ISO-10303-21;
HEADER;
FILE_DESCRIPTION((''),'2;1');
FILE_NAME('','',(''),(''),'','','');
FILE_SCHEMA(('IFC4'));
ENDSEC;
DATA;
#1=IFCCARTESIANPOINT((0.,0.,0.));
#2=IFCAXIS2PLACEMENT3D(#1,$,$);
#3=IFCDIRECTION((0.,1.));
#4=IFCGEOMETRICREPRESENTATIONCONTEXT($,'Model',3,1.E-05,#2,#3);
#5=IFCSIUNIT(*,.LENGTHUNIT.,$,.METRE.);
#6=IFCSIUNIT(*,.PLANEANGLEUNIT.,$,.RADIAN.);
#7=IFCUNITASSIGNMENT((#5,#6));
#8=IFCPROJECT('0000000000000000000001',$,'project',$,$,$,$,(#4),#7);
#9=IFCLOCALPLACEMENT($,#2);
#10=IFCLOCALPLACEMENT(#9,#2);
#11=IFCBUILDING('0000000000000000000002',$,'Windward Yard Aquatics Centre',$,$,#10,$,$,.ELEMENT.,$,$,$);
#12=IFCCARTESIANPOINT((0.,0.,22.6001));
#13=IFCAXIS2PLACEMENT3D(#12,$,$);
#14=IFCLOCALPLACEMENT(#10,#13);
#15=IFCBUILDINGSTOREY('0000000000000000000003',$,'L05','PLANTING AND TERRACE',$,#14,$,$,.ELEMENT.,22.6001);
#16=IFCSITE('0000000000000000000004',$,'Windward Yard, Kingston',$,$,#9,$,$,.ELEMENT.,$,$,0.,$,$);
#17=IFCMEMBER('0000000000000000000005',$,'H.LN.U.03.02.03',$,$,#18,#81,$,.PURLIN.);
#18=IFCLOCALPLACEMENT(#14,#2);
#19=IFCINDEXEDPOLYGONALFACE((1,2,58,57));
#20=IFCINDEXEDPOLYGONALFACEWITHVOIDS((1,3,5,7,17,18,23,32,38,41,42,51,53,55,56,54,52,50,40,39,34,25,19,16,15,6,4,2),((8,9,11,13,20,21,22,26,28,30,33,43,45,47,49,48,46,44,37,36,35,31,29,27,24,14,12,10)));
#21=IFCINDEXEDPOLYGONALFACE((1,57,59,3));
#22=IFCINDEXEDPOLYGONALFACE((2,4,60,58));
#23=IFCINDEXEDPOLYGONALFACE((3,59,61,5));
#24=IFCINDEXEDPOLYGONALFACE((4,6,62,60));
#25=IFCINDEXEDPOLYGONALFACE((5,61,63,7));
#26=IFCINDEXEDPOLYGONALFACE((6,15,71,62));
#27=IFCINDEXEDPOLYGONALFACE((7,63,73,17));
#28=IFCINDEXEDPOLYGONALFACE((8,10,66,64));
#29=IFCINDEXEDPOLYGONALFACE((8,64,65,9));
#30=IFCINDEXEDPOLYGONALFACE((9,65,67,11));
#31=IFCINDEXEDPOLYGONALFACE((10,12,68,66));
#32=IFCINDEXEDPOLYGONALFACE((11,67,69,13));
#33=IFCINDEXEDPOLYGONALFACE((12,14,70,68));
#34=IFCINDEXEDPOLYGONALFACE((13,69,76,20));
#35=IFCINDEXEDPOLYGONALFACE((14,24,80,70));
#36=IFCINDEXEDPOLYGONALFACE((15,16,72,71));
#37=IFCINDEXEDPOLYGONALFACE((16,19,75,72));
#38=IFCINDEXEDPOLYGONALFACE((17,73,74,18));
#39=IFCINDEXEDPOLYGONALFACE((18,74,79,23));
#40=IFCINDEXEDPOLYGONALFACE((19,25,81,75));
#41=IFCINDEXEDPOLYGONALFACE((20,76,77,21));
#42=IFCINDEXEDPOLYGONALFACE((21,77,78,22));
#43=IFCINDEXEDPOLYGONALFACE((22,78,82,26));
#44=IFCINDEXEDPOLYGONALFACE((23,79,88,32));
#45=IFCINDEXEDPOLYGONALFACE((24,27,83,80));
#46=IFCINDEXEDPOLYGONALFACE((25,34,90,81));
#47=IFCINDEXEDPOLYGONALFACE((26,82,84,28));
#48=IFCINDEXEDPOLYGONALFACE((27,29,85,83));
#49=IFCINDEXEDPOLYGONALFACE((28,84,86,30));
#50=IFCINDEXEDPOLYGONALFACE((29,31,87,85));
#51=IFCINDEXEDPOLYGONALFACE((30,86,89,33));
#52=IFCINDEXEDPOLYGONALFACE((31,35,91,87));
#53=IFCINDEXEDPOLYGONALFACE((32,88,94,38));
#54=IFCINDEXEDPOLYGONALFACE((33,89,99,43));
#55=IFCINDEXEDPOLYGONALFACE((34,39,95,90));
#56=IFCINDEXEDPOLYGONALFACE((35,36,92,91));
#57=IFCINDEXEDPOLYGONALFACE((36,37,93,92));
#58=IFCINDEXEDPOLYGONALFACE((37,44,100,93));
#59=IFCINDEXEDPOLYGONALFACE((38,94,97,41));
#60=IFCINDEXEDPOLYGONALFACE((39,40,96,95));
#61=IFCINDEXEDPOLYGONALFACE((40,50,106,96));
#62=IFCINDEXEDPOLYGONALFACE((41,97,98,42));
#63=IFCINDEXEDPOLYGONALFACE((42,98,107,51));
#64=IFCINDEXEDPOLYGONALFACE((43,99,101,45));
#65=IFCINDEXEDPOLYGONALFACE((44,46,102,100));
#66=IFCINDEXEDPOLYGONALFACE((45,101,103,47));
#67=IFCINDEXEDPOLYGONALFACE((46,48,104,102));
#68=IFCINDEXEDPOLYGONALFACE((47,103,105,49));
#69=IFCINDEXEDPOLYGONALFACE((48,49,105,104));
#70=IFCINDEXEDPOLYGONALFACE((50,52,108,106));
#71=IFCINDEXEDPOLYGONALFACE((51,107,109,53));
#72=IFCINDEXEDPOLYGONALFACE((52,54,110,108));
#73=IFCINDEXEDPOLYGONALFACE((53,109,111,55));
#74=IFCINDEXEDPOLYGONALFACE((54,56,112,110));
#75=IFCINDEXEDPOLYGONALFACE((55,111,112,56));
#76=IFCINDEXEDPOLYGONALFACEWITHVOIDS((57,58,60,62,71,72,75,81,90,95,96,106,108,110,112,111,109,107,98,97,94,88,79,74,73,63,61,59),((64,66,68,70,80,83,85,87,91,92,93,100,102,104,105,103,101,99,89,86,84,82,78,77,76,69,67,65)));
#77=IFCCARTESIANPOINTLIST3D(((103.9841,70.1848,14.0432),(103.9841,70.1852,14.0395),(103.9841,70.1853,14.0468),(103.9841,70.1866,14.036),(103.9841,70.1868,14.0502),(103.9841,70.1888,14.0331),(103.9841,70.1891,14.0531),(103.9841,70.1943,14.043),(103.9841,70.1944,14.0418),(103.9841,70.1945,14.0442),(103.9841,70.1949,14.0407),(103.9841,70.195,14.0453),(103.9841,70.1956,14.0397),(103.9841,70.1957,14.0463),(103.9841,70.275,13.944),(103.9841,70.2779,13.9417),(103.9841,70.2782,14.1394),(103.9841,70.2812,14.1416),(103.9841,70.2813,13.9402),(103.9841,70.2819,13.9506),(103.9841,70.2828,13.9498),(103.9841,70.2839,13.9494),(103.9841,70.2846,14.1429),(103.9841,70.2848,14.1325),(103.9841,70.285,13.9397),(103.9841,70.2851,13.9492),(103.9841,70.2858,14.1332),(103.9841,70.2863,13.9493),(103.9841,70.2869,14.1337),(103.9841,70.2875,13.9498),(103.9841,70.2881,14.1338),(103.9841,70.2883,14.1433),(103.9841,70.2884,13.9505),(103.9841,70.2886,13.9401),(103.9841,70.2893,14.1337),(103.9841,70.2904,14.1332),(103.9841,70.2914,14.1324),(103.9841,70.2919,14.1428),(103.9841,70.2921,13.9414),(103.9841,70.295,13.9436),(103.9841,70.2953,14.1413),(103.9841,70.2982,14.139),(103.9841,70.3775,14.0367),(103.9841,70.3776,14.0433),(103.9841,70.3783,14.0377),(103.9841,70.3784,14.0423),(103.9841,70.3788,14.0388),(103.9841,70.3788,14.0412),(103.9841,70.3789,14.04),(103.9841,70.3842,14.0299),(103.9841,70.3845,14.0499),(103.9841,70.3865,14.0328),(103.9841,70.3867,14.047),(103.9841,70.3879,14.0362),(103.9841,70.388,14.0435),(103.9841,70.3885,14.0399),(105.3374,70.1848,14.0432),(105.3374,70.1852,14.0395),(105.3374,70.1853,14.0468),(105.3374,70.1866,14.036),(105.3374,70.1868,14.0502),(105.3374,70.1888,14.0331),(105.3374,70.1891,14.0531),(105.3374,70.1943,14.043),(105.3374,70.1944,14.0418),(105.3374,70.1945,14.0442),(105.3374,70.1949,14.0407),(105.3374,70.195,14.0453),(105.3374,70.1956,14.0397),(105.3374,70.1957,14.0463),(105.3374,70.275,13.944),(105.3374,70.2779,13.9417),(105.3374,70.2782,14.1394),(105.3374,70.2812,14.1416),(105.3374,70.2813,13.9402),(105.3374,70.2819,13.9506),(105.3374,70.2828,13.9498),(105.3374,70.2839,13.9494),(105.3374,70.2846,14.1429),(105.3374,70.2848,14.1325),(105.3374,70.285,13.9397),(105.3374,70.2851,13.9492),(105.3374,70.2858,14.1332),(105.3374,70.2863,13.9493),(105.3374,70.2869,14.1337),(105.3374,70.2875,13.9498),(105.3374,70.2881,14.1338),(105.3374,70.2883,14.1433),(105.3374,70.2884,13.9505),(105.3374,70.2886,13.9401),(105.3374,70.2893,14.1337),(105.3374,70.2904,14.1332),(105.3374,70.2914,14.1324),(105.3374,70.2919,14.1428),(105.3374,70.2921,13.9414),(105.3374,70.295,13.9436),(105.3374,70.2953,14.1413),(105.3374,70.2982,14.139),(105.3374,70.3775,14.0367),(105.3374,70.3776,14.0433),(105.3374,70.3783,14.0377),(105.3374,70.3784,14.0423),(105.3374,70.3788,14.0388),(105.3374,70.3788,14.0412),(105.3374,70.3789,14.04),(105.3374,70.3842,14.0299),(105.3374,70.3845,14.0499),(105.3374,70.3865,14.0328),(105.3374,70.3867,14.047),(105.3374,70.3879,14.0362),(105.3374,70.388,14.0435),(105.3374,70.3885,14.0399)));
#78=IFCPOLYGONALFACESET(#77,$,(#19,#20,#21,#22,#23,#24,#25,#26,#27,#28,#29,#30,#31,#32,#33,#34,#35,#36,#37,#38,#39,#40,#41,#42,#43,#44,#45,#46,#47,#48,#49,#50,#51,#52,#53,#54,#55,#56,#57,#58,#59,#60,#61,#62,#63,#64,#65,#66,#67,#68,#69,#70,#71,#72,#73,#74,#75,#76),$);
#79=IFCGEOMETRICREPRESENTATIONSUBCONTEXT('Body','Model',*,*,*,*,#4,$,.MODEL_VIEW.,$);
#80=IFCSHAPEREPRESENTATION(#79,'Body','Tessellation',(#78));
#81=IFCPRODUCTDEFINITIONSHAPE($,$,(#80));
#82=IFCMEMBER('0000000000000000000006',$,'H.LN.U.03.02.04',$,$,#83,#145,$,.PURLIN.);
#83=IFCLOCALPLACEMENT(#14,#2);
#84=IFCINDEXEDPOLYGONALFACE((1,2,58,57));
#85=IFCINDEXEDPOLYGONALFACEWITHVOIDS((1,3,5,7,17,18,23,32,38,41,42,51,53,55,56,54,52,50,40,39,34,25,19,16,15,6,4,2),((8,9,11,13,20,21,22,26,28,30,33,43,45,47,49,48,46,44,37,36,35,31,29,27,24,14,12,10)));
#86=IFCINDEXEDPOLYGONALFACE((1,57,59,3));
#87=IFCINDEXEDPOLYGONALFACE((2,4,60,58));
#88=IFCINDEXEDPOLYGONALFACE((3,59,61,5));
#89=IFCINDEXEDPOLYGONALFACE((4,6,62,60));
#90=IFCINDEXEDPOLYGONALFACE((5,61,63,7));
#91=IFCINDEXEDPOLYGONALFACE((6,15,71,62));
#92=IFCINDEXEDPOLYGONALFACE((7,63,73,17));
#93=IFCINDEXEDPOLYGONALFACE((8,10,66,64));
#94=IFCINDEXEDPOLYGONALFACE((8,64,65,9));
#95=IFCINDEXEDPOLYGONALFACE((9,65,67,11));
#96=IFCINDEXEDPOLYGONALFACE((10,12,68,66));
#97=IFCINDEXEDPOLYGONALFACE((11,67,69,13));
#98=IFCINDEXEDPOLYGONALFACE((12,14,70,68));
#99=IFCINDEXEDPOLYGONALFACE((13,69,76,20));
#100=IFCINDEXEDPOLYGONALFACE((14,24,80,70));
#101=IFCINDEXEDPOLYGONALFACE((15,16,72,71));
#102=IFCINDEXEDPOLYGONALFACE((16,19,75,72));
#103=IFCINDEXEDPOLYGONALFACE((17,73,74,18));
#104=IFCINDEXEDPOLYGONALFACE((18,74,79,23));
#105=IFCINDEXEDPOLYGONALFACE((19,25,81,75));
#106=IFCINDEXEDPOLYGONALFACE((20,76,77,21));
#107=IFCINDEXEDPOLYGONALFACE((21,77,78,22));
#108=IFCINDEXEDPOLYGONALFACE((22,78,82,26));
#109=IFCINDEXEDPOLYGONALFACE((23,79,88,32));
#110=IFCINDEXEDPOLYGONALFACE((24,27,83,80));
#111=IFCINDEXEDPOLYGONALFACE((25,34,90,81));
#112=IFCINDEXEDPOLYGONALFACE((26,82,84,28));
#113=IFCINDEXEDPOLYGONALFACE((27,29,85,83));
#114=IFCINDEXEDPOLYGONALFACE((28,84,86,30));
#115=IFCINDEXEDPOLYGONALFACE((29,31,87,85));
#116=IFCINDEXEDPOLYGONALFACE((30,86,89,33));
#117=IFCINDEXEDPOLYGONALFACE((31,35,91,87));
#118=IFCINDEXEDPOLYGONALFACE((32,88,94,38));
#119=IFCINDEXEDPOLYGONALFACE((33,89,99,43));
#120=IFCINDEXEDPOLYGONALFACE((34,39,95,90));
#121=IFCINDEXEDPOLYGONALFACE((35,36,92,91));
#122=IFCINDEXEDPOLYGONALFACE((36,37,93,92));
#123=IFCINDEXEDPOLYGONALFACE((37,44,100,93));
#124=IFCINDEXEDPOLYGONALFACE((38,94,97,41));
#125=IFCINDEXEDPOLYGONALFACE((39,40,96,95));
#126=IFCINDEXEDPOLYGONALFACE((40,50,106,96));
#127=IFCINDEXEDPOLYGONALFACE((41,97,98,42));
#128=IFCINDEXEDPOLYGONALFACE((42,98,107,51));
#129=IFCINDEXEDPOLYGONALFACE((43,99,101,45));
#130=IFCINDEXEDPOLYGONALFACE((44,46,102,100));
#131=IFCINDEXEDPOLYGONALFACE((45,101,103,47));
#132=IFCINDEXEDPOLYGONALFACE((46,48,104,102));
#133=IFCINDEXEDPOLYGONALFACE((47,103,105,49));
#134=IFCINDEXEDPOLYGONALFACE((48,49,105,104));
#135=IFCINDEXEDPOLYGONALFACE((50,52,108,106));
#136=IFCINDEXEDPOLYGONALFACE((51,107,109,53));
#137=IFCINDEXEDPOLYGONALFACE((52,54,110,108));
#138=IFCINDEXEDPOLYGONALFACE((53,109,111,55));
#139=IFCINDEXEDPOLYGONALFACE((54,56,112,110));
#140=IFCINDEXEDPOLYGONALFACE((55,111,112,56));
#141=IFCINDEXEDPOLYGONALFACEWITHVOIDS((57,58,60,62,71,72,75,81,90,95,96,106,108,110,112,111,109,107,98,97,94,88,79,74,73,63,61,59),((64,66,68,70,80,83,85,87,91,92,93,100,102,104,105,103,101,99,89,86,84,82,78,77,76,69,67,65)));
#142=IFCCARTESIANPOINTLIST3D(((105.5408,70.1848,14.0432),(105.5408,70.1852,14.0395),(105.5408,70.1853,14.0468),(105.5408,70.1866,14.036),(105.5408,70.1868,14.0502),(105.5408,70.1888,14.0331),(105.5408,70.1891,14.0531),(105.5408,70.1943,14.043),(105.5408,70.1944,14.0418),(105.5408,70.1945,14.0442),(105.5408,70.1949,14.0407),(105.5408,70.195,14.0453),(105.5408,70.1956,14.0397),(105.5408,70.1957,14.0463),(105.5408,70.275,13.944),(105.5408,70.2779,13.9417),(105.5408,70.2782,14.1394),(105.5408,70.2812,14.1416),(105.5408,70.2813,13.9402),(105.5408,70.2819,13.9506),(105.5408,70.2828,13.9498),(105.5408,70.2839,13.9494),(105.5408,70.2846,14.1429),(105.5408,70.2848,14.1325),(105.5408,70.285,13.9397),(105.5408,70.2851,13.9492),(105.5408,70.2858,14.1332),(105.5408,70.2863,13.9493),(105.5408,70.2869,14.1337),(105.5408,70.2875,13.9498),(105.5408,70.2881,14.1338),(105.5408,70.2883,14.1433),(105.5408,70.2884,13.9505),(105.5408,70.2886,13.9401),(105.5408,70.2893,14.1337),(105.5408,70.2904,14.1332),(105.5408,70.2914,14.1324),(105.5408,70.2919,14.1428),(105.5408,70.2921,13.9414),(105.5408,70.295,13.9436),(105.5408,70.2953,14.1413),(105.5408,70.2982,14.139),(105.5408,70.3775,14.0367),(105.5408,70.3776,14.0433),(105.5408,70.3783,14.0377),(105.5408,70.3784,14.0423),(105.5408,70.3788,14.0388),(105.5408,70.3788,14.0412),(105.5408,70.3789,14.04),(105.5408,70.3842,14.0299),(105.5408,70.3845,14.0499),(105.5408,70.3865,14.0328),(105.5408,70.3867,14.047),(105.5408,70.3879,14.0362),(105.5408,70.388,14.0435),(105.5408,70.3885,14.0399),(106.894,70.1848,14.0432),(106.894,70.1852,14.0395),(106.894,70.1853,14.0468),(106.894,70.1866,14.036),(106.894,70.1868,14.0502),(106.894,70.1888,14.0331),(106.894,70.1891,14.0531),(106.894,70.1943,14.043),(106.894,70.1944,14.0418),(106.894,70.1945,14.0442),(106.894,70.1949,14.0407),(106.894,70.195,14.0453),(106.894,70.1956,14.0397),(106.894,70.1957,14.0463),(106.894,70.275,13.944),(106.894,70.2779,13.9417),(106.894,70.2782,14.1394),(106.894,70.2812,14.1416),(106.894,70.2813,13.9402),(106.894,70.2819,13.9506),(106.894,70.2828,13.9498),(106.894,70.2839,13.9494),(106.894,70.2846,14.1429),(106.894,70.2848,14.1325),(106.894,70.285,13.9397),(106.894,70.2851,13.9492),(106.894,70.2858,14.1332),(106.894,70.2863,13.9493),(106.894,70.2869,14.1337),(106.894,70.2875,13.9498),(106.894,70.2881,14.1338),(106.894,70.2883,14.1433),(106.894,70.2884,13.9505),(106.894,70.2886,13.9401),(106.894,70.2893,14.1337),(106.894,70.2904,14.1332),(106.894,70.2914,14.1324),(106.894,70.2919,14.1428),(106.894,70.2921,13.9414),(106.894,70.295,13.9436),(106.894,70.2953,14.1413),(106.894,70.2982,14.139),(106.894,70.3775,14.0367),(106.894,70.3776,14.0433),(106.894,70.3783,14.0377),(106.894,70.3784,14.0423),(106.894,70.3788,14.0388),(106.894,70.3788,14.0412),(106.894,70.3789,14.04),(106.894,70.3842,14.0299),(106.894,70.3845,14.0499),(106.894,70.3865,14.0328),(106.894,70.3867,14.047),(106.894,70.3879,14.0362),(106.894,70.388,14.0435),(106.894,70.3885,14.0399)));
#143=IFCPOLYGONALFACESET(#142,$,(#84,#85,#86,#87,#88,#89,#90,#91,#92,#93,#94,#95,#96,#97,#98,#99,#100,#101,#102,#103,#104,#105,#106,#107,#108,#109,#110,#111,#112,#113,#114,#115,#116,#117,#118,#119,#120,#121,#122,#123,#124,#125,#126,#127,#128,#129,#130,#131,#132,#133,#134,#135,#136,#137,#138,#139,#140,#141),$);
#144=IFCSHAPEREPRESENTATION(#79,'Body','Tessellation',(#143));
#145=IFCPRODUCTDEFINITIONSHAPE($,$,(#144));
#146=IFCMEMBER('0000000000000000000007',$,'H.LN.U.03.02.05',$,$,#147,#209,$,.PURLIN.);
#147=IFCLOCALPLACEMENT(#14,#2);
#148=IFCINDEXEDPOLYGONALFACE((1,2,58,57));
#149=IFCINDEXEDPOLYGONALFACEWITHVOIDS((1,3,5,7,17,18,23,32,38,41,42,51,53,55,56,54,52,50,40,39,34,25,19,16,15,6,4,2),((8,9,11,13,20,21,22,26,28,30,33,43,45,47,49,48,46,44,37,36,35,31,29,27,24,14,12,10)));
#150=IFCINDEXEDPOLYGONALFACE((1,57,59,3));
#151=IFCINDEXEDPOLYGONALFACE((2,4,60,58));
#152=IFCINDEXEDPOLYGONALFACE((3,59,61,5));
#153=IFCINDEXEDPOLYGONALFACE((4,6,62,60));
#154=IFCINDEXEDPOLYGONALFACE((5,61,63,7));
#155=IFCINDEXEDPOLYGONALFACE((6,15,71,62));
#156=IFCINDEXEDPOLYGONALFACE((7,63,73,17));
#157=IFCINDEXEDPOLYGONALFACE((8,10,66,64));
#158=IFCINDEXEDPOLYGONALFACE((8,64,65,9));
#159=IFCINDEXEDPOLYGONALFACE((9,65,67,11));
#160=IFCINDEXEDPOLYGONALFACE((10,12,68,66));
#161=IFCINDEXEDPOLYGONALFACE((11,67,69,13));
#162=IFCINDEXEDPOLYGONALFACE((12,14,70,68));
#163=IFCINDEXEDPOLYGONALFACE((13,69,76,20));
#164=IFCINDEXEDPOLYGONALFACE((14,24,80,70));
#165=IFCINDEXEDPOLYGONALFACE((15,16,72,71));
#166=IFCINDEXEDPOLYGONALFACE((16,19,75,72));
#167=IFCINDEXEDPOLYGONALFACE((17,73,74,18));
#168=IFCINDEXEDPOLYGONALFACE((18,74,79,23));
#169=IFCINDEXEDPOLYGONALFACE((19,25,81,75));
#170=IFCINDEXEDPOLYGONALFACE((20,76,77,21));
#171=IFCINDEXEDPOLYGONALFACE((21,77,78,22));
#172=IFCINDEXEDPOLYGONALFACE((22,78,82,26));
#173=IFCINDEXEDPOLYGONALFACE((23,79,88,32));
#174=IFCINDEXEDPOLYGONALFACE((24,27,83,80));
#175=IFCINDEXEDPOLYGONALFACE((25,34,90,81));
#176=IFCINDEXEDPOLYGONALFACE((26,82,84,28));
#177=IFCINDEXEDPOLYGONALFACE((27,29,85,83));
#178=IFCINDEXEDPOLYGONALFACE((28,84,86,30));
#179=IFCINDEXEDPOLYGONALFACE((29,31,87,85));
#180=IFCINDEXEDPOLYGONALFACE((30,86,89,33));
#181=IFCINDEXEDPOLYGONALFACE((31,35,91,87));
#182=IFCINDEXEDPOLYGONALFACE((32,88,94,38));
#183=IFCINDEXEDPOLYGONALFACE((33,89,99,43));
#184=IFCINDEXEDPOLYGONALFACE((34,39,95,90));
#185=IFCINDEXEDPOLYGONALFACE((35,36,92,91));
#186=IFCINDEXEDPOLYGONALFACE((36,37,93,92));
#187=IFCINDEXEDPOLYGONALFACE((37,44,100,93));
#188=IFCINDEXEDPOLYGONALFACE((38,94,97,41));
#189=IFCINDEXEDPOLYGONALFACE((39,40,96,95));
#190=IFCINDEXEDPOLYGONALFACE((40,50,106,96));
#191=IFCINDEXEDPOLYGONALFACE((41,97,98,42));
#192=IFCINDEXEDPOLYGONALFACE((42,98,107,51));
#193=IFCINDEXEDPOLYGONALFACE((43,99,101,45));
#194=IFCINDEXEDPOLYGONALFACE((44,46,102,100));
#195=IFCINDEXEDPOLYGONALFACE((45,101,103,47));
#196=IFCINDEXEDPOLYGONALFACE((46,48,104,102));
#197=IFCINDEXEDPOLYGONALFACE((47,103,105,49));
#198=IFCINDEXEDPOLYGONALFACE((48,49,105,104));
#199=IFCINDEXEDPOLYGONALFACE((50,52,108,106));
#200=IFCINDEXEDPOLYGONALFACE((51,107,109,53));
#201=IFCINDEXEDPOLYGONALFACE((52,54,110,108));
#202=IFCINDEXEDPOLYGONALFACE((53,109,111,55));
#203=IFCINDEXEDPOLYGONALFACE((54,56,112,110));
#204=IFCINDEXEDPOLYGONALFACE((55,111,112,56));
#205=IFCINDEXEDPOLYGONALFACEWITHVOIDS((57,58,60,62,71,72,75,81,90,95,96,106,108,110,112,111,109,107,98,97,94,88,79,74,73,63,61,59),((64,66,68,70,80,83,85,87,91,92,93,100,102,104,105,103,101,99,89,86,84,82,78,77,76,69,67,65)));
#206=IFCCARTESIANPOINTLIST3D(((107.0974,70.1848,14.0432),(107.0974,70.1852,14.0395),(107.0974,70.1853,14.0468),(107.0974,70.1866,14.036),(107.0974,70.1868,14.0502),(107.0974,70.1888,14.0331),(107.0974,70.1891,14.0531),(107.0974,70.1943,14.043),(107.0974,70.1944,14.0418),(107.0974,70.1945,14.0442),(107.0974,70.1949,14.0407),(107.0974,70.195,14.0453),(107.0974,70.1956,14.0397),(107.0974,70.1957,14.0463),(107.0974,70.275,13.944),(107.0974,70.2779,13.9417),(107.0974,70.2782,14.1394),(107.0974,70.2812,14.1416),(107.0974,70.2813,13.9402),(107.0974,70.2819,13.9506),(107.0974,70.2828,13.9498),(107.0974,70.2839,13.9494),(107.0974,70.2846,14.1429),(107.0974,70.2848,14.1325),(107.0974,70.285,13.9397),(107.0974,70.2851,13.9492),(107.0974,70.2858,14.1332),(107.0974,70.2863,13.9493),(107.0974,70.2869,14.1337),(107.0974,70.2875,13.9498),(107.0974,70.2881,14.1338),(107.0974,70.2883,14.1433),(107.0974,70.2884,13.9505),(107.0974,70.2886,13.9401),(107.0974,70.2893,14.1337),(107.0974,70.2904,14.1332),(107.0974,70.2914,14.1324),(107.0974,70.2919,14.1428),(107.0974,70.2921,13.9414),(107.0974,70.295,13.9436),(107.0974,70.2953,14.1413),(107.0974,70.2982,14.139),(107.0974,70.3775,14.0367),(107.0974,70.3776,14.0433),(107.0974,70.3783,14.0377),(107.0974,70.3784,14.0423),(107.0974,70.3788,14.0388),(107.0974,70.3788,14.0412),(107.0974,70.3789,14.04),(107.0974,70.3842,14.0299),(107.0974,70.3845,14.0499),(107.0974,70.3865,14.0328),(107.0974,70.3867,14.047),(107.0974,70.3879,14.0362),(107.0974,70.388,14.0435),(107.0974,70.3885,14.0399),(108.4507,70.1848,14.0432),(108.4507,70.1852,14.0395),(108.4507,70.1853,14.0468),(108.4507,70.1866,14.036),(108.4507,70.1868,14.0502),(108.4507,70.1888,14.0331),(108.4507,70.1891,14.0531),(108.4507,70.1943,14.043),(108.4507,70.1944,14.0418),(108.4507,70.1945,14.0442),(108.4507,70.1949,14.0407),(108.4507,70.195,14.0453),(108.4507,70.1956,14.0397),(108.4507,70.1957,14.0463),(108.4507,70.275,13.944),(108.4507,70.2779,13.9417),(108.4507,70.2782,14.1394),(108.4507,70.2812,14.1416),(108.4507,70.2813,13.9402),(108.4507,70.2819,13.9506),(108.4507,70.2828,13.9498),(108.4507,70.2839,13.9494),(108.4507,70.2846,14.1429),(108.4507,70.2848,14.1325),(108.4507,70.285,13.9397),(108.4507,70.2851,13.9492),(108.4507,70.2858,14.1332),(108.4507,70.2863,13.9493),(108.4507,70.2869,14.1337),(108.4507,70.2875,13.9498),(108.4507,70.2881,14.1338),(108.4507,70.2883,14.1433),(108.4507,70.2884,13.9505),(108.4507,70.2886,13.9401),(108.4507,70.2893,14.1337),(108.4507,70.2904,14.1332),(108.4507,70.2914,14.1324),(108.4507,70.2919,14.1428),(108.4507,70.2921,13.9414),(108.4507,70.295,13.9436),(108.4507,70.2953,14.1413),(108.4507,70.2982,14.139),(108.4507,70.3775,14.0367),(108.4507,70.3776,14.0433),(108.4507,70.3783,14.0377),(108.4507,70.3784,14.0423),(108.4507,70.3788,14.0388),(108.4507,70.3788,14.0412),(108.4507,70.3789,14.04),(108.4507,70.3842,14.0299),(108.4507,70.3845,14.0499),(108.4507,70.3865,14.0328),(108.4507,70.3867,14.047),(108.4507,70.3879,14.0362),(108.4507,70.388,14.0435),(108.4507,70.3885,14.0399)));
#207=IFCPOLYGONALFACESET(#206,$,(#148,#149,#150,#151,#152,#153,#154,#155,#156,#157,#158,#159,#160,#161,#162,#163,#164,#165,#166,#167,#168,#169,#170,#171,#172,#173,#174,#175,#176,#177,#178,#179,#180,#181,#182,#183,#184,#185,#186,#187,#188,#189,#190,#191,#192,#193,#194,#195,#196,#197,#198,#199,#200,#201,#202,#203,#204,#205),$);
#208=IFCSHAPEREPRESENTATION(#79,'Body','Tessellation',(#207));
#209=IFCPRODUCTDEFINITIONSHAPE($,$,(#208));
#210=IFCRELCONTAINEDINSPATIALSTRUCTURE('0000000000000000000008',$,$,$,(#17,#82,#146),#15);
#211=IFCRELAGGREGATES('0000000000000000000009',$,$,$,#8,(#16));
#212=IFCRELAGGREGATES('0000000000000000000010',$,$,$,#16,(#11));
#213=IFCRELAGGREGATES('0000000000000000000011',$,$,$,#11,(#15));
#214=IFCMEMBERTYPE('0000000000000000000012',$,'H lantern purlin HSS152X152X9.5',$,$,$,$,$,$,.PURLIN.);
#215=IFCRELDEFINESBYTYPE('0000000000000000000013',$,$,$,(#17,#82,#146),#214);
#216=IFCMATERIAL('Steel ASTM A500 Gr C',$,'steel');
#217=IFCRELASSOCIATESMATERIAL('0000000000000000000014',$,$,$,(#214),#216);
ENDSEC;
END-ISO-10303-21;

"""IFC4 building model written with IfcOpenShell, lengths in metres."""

from ifc_helpers import new_model, si_unit, direction, frame, origin, origin_2d, place, context, subcontext, project, spatial, hollow_rectangle, extrude, material, material_profile, profile_set, type_object, element, save


model = new_model("IFC4")

# Units and contexts
model_context = context("Model", 3, precision=1e-05, world=origin(), true_north=direction((0.0, 1.0)))
body_context = subcontext(model_context, "Body", "Model", "MODEL_VIEW")
ifc_project = project(units=[si_unit("LENGTHUNIT", "METRE"), si_unit("PLANEANGLEUNIT", "RADIAN")], contexts=[model_context])

# Site, building, storey
site_placement = place(None, origin())
site = spatial("IfcSite", under=ifc_project, at=site_placement, Name="Windward Yard, Kingston", CompositionType="ELEMENT", RefElevation=0.0)
building_placement = place(site_placement, origin())
building = spatial("IfcBuilding", under=site, at=building_placement, Name="Windward Yard Aquatics Centre", CompositionType="ELEMENT")
storey_placement = place(building_placement, frame((0.0, 0.0, 22.6001)))
storey = spatial("IfcBuildingStorey", under=building, at=storey_placement, Name="L05", Description="PLANTING AND TERRACE", CompositionType="ELEMENT", Elevation=22.6001)

# Members
ifc_material_1 = material(Name="Steel ASTM A500 Gr C", Category="steel")
ifc_material_profile = material_profile(ifc_material_1, hollow_rectangle(XDim=0.1523, YDim=0.1523, WallThickness=0.0095, InnerFilletRadius=0.0046, OuterFilletRadius=0.0142, at=origin_2d()), Name="HSS152X152X9.5")
ifc_profile_set = profile_set([ifc_material_profile], Name="Steel ASTM A500 Gr C")
member_type = type_object("IfcMemberType", Name="H lantern purlin HSS152X152X9.5", PredefinedType="PURLIN", material=ifc_profile_set)
for number, where, z_axis, x_axis, name in (
    (1, (103.9841, 70.2866, 14.0415), (1.0, 0.0, 0.0), (0.0, 0.69555, -0.718477), "H.LN.U.03.02.03"),
    (2, (105.5408, 70.2866, 14.0415), (1.0, 0.0, 0.0), (0.0, 0.69555, -0.718477), "H.LN.U.03.02.04"),
    (3, (107.0974, 70.2866, 14.0415), (1.0, 0.0, 0.0), (0.0, 0.69555, -0.718477), "H.LN.U.03.02.05"),
):
    element("IfcMember", number, at=place(storey_placement, frame(where, z_axis=z_axis, x_axis=x_axis)), inside=storey, type_object=member_type, Name=name, PredefinedType="PURLIN", context=body_context, shape_type="SweptSolid", body=[
        extrude(hollow_rectangle(XDim=0.1523, YDim=0.1523, WallThickness=0.0095, InnerFilletRadius=0.0046, OuterFilletRadius=0.0142, at=origin_2d()), origin(), (0.0, 0.0, 1.0), 1.3533),
    ])

save(model, "model.ifc")
